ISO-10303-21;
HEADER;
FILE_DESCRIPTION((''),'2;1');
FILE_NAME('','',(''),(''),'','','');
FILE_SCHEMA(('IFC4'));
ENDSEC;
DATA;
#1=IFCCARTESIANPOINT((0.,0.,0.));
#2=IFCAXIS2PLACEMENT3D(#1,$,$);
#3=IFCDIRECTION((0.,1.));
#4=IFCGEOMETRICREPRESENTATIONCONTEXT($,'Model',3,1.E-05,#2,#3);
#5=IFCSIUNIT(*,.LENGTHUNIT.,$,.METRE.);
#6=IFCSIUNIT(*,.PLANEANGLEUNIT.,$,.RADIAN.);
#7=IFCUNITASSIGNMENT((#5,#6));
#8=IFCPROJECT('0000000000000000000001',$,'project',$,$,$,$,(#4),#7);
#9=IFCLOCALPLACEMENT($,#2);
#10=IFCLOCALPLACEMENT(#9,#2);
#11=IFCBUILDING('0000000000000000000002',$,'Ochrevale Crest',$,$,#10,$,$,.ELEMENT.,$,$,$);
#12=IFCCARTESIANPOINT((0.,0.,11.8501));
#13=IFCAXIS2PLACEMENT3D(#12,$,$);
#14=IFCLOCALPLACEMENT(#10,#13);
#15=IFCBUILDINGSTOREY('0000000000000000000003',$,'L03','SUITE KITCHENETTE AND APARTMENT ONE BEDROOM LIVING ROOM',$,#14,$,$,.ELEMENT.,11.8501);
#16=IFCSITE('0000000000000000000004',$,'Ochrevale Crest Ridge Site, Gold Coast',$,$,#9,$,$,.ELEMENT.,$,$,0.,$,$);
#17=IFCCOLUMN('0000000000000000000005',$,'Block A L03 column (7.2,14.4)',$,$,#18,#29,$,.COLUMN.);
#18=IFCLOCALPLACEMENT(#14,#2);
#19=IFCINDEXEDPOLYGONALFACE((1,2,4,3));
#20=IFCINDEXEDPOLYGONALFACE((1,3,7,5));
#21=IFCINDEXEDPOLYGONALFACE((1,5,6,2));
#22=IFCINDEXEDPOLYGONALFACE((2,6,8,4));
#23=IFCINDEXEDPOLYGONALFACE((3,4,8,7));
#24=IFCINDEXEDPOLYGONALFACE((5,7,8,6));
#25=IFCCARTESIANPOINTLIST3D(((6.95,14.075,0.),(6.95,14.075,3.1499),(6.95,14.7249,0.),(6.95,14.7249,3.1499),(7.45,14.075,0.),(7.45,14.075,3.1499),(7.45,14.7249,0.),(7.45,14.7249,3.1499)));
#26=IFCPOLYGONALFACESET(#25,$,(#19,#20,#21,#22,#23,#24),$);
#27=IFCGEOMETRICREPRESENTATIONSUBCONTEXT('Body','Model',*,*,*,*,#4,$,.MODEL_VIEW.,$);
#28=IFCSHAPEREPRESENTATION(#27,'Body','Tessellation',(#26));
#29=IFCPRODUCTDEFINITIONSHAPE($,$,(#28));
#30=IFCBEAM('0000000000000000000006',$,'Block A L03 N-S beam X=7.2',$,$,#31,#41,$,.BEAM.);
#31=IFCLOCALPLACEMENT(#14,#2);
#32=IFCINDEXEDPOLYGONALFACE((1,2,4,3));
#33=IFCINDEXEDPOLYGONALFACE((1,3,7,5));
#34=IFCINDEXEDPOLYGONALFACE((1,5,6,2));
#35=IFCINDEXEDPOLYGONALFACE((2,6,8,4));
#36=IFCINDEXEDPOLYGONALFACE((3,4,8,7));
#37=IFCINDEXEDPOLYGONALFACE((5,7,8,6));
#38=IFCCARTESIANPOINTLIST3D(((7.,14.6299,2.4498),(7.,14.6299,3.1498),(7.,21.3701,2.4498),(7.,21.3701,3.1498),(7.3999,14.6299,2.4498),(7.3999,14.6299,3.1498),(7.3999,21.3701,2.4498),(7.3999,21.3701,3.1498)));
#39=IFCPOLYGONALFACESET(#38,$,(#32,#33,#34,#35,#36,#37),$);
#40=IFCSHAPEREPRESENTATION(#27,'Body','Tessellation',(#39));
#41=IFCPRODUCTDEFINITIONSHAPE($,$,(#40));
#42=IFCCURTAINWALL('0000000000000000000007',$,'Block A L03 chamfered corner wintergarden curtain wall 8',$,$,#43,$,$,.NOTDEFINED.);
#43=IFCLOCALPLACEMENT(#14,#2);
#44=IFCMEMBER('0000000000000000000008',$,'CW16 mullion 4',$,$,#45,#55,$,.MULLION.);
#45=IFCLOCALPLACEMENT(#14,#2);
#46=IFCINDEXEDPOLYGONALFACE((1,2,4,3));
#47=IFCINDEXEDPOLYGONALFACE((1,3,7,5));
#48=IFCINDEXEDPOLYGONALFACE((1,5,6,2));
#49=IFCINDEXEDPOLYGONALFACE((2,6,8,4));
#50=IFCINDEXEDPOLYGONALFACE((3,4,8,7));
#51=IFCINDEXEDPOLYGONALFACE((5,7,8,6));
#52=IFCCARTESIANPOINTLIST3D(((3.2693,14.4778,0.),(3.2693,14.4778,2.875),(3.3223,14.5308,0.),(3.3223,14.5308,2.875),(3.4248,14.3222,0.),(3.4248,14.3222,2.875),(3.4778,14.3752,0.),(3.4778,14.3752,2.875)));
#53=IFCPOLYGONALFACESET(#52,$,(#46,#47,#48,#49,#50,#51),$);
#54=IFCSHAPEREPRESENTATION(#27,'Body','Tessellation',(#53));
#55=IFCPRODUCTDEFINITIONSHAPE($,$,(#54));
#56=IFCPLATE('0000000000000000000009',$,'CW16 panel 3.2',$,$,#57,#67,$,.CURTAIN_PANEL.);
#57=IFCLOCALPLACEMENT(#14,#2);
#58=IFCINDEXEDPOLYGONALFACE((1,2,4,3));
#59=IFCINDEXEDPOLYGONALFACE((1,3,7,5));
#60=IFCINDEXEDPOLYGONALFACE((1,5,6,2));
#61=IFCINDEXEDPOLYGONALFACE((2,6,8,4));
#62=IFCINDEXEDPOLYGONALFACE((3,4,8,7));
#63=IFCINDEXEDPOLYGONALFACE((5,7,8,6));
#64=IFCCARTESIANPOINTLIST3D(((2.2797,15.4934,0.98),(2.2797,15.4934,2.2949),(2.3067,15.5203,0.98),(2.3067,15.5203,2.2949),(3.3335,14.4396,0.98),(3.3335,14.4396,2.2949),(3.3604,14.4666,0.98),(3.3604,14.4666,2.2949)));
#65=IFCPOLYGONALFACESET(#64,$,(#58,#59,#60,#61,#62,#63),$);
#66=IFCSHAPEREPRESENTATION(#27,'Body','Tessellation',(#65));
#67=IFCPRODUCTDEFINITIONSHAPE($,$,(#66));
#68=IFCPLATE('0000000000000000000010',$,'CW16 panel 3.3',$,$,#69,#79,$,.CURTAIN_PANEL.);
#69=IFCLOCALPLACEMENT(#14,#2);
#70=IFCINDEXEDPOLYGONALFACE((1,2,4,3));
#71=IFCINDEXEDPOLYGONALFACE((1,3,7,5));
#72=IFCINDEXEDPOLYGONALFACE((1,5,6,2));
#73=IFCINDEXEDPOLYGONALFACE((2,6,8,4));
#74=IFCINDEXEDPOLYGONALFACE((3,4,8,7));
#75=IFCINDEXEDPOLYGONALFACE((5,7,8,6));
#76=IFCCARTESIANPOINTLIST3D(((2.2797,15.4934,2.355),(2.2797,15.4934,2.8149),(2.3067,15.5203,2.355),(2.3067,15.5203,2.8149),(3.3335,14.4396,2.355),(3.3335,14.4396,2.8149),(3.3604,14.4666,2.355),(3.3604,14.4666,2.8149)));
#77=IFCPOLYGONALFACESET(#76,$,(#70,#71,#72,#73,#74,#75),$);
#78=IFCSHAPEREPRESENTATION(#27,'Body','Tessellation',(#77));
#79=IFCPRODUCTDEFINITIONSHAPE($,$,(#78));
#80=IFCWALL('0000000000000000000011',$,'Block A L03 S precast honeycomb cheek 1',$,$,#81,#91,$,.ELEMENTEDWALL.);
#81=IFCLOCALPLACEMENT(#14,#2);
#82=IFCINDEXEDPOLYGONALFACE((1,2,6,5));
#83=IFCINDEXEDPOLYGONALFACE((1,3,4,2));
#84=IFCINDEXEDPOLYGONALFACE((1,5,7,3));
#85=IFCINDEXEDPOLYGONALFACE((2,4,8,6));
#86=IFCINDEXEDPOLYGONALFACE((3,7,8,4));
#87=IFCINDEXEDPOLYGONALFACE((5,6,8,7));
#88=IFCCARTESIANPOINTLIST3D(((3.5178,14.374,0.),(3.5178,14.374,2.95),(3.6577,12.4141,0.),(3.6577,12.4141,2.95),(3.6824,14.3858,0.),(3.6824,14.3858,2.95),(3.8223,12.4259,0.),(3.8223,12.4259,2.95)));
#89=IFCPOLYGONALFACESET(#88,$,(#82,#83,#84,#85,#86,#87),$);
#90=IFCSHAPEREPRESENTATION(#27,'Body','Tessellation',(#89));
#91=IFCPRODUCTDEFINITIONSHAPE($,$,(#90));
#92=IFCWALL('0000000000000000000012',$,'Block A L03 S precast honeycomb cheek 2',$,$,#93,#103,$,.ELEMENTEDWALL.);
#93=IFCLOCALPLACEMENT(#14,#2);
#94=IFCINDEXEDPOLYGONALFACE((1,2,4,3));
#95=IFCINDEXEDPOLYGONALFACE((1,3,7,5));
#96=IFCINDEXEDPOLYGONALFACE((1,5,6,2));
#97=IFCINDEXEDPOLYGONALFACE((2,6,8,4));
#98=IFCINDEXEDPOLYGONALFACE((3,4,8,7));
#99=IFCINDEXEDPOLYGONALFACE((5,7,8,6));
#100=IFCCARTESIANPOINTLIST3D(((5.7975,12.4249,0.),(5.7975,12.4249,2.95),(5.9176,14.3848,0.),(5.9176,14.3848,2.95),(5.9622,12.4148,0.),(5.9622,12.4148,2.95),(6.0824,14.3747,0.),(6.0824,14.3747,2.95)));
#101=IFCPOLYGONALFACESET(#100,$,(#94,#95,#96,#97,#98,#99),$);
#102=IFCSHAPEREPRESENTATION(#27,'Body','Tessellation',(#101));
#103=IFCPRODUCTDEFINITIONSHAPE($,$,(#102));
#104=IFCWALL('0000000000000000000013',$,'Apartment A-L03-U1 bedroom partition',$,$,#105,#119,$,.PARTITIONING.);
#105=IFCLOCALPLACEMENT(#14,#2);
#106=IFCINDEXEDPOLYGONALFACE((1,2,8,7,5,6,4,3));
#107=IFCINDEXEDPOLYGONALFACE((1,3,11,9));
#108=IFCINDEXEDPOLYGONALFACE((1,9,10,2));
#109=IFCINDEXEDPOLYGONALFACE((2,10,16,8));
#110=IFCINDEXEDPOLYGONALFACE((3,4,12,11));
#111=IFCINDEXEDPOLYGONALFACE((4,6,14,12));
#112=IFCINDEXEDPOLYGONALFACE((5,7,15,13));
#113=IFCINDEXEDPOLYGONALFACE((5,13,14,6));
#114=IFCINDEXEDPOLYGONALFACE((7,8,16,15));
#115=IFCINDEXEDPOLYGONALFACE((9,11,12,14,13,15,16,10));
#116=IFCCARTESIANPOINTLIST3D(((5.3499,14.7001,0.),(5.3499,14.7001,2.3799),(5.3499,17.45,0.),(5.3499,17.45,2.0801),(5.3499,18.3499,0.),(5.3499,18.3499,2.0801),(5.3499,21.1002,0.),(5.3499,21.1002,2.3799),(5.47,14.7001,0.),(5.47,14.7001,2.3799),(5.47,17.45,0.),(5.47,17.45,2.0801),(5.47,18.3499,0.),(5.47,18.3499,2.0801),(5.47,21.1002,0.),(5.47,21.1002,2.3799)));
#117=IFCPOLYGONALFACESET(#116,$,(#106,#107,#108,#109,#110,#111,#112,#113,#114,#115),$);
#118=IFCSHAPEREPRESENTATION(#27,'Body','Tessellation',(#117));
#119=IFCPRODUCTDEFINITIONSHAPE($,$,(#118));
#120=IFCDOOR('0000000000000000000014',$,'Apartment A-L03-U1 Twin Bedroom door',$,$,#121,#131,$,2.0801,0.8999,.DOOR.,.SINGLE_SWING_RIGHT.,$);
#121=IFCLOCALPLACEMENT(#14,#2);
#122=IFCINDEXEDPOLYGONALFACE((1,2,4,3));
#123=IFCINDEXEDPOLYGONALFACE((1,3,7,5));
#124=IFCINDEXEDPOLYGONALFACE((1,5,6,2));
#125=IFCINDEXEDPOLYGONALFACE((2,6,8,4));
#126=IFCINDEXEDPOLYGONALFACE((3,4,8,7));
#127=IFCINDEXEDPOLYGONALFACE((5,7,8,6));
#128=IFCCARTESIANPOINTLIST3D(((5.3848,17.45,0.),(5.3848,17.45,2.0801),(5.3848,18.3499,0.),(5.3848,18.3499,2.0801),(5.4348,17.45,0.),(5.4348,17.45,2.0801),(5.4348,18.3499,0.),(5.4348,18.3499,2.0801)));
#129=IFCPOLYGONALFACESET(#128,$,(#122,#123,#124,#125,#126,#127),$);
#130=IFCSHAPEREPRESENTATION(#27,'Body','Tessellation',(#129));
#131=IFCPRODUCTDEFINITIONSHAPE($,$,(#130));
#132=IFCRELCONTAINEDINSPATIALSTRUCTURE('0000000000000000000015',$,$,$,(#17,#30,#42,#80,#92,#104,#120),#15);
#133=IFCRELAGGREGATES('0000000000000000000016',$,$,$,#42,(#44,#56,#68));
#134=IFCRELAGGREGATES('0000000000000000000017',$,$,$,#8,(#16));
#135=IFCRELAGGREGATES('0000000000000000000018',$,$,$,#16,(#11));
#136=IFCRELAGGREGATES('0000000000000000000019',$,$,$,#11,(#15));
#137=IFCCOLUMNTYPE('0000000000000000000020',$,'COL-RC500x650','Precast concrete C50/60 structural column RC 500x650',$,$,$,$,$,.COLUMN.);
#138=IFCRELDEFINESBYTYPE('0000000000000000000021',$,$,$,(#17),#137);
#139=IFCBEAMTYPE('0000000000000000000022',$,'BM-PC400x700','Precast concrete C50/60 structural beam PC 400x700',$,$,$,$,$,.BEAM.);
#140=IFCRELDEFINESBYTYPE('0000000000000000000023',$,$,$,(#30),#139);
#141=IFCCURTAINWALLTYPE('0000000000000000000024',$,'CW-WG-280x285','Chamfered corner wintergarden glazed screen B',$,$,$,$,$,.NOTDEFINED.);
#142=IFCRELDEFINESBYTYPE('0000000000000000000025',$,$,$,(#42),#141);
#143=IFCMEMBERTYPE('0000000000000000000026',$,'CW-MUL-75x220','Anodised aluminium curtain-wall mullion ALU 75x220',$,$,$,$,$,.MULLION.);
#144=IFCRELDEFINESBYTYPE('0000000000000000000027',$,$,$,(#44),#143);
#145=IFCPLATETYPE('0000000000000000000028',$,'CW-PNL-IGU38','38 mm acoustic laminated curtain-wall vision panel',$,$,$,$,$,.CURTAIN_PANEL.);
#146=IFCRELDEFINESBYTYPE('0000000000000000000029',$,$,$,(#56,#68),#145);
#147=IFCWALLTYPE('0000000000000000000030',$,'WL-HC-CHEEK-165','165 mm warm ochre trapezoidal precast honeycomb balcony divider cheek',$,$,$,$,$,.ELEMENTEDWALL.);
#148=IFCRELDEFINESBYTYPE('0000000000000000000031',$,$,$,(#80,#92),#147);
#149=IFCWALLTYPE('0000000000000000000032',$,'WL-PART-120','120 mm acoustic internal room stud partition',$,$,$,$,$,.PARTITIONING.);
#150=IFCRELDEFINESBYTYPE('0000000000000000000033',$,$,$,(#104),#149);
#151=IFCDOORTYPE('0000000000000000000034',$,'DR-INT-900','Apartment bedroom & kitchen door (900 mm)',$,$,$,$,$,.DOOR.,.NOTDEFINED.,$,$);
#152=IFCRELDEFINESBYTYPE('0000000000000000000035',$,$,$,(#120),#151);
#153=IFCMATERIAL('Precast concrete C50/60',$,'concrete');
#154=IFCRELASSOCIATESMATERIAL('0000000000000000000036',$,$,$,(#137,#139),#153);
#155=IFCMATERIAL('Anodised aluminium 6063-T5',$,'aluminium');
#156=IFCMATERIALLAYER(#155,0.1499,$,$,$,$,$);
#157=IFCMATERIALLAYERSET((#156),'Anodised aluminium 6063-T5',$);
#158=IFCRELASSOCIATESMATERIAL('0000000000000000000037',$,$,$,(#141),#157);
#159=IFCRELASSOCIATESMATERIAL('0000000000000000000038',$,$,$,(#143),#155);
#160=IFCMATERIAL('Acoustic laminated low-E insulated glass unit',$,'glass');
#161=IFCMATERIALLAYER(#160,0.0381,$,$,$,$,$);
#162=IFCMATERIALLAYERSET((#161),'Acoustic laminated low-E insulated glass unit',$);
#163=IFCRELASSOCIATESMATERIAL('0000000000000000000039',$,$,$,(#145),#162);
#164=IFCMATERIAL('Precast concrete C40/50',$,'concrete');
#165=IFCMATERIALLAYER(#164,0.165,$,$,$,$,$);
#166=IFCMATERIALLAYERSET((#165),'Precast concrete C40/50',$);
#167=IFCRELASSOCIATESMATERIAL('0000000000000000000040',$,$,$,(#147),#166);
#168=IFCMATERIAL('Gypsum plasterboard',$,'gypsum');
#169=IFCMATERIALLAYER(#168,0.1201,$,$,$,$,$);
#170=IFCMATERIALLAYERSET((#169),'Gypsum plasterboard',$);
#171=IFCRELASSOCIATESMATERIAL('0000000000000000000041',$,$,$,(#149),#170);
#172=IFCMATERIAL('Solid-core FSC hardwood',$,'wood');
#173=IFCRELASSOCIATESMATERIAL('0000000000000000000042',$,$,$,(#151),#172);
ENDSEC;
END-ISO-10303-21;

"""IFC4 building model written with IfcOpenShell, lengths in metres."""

from ifc_helpers import new_model, si_unit, direction, frame, frame_2d, origin, origin_2d, place, context, subcontext, project, spatial, rectangle, extrude, material, layer, layer_set, material_profile, profile_set, type_object, element, fill, aggregate, save


model = new_model("IFC4")

# Units and contexts
model_context = context("Model", 3, precision=1e-05, world=origin(), true_north=direction((0.0, 1.0)))
body_context = subcontext(model_context, "Body", "Model", "MODEL_VIEW")
ifc_project = project(units=[si_unit("LENGTHUNIT", "METRE"), si_unit("PLANEANGLEUNIT", "RADIAN")], contexts=[model_context])

# Site, building, storey
site_placement = place(None, origin())
site = spatial("IfcSite", under=ifc_project, at=site_placement, Name="Ochrevale Crest Ridge Site, Gold Coast", CompositionType="ELEMENT", RefElevation=0.0)
building_placement = place(site_placement, origin())
building = spatial("IfcBuilding", under=site, at=building_placement, Name="Ochrevale Crest", CompositionType="ELEMENT")
storey_placement = place(building_placement, frame((0.0, 0.0, 11.8501)))
storey = spatial("IfcBuildingStorey", under=building, at=storey_placement, Name="L03", Description="SUITE KITCHENETTE AND APARTMENT ONE BEDROOM LIVING ROOM", CompositionType="ELEMENT", Elevation=11.8501)

# Column
ifc_material_1 = material(Name="Precast concrete C50/60", Category="concrete")
ifc_material_profile_1 = material_profile(ifc_material_1, rectangle(XDim=0.5, YDim=0.6499, at=origin_2d()), Name="RC 500x650")
ifc_profile_set_1 = profile_set([ifc_material_profile_1], Name="Precast concrete C50/60")
column_type = type_object("IfcColumnType", Name="COL-RC500x650", Description="Precast concrete C50/60 structural column RC 500x650", PredefinedType="COLUMN", material=ifc_profile_set_1)
column_placement = place(storey_placement, frame((7.2, 14.3999, 0.0), z_axis=(0.0, 0.0, 1.0), x_axis=(1.0, 0.0, 0.0)))
element("IfcColumn", 1, at=column_placement, inside=storey, type_object=column_type, Name="Block A L03 column (7.2,14.4)", PredefinedType="COLUMN", context=body_context, shape_type="SweptSolid", body=[
    extrude(rectangle(XDim=0.5, YDim=0.6499, at=origin_2d()), origin(), (0.0, 0.0, 1.0), 3.1499),
])

# Beam
ifc_material_profile_2 = material_profile(ifc_material_1, rectangle(XDim=0.3999, YDim=0.7, at=origin_2d()), Name="PC 400x700")
ifc_profile_set_2 = profile_set([ifc_material_profile_2], Name="Precast concrete C50/60")
beam_type = type_object("IfcBeamType", Name="BM-PC400x700", Description="Precast concrete C50/60 structural beam PC 400x700", PredefinedType="BEAM", material=ifc_profile_set_2)
beam_placement = place(storey_placement, frame((7.2, 14.6299, 2.7998), z_axis=(0.0, 1.0, 0.0), x_axis=(-1.0, 0.0, 0.0)))
element("IfcBeam", 2, at=beam_placement, inside=storey, type_object=beam_type, Name="Block A L03 N-S beam X=7.2", PredefinedType="BEAM", context=body_context, shape_type="SweptSolid", body=[
    extrude(rectangle(XDim=0.3999, YDim=0.7, at=origin_2d()), origin(), (0.0, 0.0, 1.0), 6.7402),
])

# Curtain wall, member, plates
ifc_material_2 = material(Name="Anodised aluminium 6063-T5", Category="aluminium")
ifc_layer_1 = layer(ifc_material_2, 0.1499)
ifc_layer_set_1 = layer_set([ifc_layer_1], Name="Anodised aluminium 6063-T5")
curtain_wall_type = type_object("IfcCurtainWallType", Name="CW-WG-280x285", Description="Chamfered corner wintergarden glazed screen B", PredefinedType="NOTDEFINED", material=ifc_layer_set_1)
curtain_wall_placement = place(storey_placement, origin())
curtain_wall = element("IfcCurtainWall", 3, at=curtain_wall_placement, inside=storey, type_object=curtain_wall_type, Name="Block A L03 chamfered corner wintergarden curtain wall 8", PredefinedType="NOTDEFINED")
ifc_material_profile_3 = material_profile(ifc_material_2, rectangle(XDim=0.075, YDim=0.22, at=origin_2d()), Name="ALU 75x220")
ifc_profile_set_3 = profile_set([ifc_material_profile_3], Name="Anodised aluminium 6063-T5")
member_type = type_object("IfcMemberType", Name="CW-MUL-75x220", Description="Anodised aluminium curtain-wall mullion ALU 75x220", PredefinedType="MULLION", material=ifc_profile_set_3)
member_placement = place(storey_placement, frame((3.3735, 14.4265, 0.0), z_axis=(0.0, 0.0, 1.0), x_axis=(0.707107, 0.707107, 0.0)))
member = element("IfcMember", 4, at=member_placement, type_object=member_type, Name="CW16 mullion 4", PredefinedType="MULLION", context=body_context, shape_type="SweptSolid", body=[
    extrude(rectangle(XDim=0.075, YDim=0.22, at=origin_2d()), origin(), (0.0, 0.0, 1.0), 2.875),
])
ifc_material_3 = material(Name="Acoustic laminated low-E insulated glass unit", Category="glass")
ifc_layer_2 = layer(ifc_material_3, 0.0381)
ifc_layer_set_2 = layer_set([ifc_layer_2], Name="Acoustic laminated low-E insulated glass unit")
plate_type = type_object("IfcPlateType", Name="CW-PNL-IGU38", Description="38 mm acoustic laminated curtain-wall vision panel", PredefinedType="CURTAIN_PANEL", material=ifc_layer_set_2)
plate_1_placement = place(storey_placement, frame((2.8201, 14.98, 0.98), z_axis=(0.0, 0.0, 1.0), x_axis=(0.707107, -0.707107, 0.0)))
plate_1 = element("IfcPlate", 5, at=plate_1_placement, type_object=plate_type, Name="CW16 panel 3.2", PredefinedType="CURTAIN_PANEL", context=body_context, shape_type="SweptSolid", body=[
    extrude(rectangle(XDim=1.4902, YDim=0.0381, at=origin_2d()), origin(), (0.0, 0.0, 1.0), 1.3149),
])
plate_2_placement = place(storey_placement, frame((2.8201, 14.98, 2.355), z_axis=(0.0, 0.0, 1.0), x_axis=(0.707107, -0.707107, 0.0)))
plate_2 = element("IfcPlate", 6, at=plate_2_placement, type_object=plate_type, Name="CW16 panel 3.3", PredefinedType="CURTAIN_PANEL", context=body_context, shape_type="SweptSolid", body=[
    extrude(rectangle(XDim=1.4902, YDim=0.0381, at=origin_2d()), origin(), (0.0, 0.0, 1.0), 0.46),
])
aggregate(curtain_wall, [member, plate_1, plate_2])

# Shared definitions
ifc_material_4 = material(Name="Precast concrete C40/50", Category="concrete")

# Walls
ifc_layer_3 = layer(ifc_material_4, 0.165)
ifc_layer_set_3 = layer_set([ifc_layer_3], Name="Precast concrete C40/50")
wall_type_1 = type_object("IfcWallType", Name="WL-HC-CHEEK-165", Description="165 mm warm ochre trapezoidal precast honeycomb balcony divider cheek", PredefinedType="ELEMENTEDWALL", material=ifc_layer_set_3)
wall_1_placement = place(storey_placement, frame((3.6001, 14.3799, 0.0), z_axis=(0.0, 0.0, 1.0), x_axis=(0.071194, -0.997462, 0.0)))
element("IfcWall", 7, at=wall_1_placement, inside=storey, type_object=wall_type_1, Name="Block A L03 S precast honeycomb cheek 1", PredefinedType="ELEMENTEDWALL", context=body_context, shape_type="SweptSolid", body=[
    extrude(rectangle(XDim=1.9648, YDim=0.165, at=frame_2d((0.9824, 0.0))), origin(), (0.0, 0.0, 1.0), 2.95),
])
wall_2_placement = place(storey_placement, frame((6.0, 14.3799, 0.0), z_axis=(0.0, 0.0, 1.0), x_axis=(-0.061171, -0.998127, 0.0)))
element("IfcWall", 8, at=wall_2_placement, inside=storey, type_object=wall_type_1, Name="Block A L03 S precast honeycomb cheek 2", PredefinedType="ELEMENTEDWALL", context=body_context, shape_type="SweptSolid", body=[
    extrude(rectangle(XDim=1.9636, YDim=0.165, at=frame_2d((0.9819, 0.0))), origin(), (0.0, 0.0, 1.0), 2.95),
])

# Wall, opening, door
ifc_material_5 = material(Name="Gypsum plasterboard", Category="gypsum")
ifc_layer_4 = layer(ifc_material_5, 0.1201)
ifc_layer_set_4 = layer_set([ifc_layer_4], Name="Gypsum plasterboard")
wall_type_2 = type_object("IfcWallType", Name="WL-PART-120", Description="120 mm acoustic internal room stud partition", PredefinedType="PARTITIONING", material=ifc_layer_set_4)
wall_3_placement = place(storey_placement, frame((5.4099, 14.7, 0.0), z_axis=(0.0, 0.0, 1.0), x_axis=(0.0, 1.0, 0.0)))
wall_3 = element("IfcWall", 9, at=wall_3_placement, inside=storey, type_object=wall_type_2, Name="Apartment A-L03-U1 bedroom partition", PredefinedType="PARTITIONING", context=body_context, shape_type="SweptSolid", body=[
    extrude(rectangle(XDim=6.4001, YDim=0.1201, at=frame_2d((3.2002, 0.0))), origin(), (0.0, 0.0, 1.0), 2.3799),
])
opening_1_placement = place(wall_3_placement, frame((3.6499, 0.0, 0.0), z_axis=(0.0, 0.0, 1.0), x_axis=(-1.0, 0.0, 0.0)))
opening_1 = element("IfcOpeningElement", 10, at=opening_1_placement, cuts=wall_3, PredefinedType="OPENING", context=body_context, shape_type="SweptSolid", body=[
    extrude(rectangle(XDim=0.8999, YDim=2.0801, at=frame_2d((0.45, 1.04))), frame((0.0, 0.0701, 0.0), z_axis=(0.0, -1.0, 0.0), x_axis=(1.0, 0.0, 0.0)), (0.0, 0.0, 1.0), 0.1401),
])
ifc_material_6 = material(Name="Solid-core FSC hardwood", Category="wood")
door_type_1 = type_object("IfcDoorType", Name="DR-INT-900", Description="Apartment bedroom & kitchen door (900 mm)", OperationType="NOTDEFINED", PredefinedType="DOOR", material=ifc_material_6)
door_1_placement = place(opening_1_placement, origin())
door_1 = element("IfcDoor", 11, at=door_1_placement, inside=storey, type_object=door_type_1, Name="Apartment A-L03-U1 Twin Bedroom door", OperationType="SINGLE_SWING_RIGHT", OverallHeight=2.0801, OverallWidth=0.8999, PredefinedType="DOOR", context=body_context, shape_type="SweptSolid", body=[
    extrude(rectangle(XDim=0.8999, YDim=2.0801, at=frame_2d((0.45, 1.04))), frame((0.0, 0.0249, 0.0), z_axis=(0.0, -1.0, 0.0), x_axis=(1.0, 0.0, 0.0)), (0.0, 0.0, 1.0), 0.05),
])
fill(opening_1, door_1)

save(model, "model.ifc")
